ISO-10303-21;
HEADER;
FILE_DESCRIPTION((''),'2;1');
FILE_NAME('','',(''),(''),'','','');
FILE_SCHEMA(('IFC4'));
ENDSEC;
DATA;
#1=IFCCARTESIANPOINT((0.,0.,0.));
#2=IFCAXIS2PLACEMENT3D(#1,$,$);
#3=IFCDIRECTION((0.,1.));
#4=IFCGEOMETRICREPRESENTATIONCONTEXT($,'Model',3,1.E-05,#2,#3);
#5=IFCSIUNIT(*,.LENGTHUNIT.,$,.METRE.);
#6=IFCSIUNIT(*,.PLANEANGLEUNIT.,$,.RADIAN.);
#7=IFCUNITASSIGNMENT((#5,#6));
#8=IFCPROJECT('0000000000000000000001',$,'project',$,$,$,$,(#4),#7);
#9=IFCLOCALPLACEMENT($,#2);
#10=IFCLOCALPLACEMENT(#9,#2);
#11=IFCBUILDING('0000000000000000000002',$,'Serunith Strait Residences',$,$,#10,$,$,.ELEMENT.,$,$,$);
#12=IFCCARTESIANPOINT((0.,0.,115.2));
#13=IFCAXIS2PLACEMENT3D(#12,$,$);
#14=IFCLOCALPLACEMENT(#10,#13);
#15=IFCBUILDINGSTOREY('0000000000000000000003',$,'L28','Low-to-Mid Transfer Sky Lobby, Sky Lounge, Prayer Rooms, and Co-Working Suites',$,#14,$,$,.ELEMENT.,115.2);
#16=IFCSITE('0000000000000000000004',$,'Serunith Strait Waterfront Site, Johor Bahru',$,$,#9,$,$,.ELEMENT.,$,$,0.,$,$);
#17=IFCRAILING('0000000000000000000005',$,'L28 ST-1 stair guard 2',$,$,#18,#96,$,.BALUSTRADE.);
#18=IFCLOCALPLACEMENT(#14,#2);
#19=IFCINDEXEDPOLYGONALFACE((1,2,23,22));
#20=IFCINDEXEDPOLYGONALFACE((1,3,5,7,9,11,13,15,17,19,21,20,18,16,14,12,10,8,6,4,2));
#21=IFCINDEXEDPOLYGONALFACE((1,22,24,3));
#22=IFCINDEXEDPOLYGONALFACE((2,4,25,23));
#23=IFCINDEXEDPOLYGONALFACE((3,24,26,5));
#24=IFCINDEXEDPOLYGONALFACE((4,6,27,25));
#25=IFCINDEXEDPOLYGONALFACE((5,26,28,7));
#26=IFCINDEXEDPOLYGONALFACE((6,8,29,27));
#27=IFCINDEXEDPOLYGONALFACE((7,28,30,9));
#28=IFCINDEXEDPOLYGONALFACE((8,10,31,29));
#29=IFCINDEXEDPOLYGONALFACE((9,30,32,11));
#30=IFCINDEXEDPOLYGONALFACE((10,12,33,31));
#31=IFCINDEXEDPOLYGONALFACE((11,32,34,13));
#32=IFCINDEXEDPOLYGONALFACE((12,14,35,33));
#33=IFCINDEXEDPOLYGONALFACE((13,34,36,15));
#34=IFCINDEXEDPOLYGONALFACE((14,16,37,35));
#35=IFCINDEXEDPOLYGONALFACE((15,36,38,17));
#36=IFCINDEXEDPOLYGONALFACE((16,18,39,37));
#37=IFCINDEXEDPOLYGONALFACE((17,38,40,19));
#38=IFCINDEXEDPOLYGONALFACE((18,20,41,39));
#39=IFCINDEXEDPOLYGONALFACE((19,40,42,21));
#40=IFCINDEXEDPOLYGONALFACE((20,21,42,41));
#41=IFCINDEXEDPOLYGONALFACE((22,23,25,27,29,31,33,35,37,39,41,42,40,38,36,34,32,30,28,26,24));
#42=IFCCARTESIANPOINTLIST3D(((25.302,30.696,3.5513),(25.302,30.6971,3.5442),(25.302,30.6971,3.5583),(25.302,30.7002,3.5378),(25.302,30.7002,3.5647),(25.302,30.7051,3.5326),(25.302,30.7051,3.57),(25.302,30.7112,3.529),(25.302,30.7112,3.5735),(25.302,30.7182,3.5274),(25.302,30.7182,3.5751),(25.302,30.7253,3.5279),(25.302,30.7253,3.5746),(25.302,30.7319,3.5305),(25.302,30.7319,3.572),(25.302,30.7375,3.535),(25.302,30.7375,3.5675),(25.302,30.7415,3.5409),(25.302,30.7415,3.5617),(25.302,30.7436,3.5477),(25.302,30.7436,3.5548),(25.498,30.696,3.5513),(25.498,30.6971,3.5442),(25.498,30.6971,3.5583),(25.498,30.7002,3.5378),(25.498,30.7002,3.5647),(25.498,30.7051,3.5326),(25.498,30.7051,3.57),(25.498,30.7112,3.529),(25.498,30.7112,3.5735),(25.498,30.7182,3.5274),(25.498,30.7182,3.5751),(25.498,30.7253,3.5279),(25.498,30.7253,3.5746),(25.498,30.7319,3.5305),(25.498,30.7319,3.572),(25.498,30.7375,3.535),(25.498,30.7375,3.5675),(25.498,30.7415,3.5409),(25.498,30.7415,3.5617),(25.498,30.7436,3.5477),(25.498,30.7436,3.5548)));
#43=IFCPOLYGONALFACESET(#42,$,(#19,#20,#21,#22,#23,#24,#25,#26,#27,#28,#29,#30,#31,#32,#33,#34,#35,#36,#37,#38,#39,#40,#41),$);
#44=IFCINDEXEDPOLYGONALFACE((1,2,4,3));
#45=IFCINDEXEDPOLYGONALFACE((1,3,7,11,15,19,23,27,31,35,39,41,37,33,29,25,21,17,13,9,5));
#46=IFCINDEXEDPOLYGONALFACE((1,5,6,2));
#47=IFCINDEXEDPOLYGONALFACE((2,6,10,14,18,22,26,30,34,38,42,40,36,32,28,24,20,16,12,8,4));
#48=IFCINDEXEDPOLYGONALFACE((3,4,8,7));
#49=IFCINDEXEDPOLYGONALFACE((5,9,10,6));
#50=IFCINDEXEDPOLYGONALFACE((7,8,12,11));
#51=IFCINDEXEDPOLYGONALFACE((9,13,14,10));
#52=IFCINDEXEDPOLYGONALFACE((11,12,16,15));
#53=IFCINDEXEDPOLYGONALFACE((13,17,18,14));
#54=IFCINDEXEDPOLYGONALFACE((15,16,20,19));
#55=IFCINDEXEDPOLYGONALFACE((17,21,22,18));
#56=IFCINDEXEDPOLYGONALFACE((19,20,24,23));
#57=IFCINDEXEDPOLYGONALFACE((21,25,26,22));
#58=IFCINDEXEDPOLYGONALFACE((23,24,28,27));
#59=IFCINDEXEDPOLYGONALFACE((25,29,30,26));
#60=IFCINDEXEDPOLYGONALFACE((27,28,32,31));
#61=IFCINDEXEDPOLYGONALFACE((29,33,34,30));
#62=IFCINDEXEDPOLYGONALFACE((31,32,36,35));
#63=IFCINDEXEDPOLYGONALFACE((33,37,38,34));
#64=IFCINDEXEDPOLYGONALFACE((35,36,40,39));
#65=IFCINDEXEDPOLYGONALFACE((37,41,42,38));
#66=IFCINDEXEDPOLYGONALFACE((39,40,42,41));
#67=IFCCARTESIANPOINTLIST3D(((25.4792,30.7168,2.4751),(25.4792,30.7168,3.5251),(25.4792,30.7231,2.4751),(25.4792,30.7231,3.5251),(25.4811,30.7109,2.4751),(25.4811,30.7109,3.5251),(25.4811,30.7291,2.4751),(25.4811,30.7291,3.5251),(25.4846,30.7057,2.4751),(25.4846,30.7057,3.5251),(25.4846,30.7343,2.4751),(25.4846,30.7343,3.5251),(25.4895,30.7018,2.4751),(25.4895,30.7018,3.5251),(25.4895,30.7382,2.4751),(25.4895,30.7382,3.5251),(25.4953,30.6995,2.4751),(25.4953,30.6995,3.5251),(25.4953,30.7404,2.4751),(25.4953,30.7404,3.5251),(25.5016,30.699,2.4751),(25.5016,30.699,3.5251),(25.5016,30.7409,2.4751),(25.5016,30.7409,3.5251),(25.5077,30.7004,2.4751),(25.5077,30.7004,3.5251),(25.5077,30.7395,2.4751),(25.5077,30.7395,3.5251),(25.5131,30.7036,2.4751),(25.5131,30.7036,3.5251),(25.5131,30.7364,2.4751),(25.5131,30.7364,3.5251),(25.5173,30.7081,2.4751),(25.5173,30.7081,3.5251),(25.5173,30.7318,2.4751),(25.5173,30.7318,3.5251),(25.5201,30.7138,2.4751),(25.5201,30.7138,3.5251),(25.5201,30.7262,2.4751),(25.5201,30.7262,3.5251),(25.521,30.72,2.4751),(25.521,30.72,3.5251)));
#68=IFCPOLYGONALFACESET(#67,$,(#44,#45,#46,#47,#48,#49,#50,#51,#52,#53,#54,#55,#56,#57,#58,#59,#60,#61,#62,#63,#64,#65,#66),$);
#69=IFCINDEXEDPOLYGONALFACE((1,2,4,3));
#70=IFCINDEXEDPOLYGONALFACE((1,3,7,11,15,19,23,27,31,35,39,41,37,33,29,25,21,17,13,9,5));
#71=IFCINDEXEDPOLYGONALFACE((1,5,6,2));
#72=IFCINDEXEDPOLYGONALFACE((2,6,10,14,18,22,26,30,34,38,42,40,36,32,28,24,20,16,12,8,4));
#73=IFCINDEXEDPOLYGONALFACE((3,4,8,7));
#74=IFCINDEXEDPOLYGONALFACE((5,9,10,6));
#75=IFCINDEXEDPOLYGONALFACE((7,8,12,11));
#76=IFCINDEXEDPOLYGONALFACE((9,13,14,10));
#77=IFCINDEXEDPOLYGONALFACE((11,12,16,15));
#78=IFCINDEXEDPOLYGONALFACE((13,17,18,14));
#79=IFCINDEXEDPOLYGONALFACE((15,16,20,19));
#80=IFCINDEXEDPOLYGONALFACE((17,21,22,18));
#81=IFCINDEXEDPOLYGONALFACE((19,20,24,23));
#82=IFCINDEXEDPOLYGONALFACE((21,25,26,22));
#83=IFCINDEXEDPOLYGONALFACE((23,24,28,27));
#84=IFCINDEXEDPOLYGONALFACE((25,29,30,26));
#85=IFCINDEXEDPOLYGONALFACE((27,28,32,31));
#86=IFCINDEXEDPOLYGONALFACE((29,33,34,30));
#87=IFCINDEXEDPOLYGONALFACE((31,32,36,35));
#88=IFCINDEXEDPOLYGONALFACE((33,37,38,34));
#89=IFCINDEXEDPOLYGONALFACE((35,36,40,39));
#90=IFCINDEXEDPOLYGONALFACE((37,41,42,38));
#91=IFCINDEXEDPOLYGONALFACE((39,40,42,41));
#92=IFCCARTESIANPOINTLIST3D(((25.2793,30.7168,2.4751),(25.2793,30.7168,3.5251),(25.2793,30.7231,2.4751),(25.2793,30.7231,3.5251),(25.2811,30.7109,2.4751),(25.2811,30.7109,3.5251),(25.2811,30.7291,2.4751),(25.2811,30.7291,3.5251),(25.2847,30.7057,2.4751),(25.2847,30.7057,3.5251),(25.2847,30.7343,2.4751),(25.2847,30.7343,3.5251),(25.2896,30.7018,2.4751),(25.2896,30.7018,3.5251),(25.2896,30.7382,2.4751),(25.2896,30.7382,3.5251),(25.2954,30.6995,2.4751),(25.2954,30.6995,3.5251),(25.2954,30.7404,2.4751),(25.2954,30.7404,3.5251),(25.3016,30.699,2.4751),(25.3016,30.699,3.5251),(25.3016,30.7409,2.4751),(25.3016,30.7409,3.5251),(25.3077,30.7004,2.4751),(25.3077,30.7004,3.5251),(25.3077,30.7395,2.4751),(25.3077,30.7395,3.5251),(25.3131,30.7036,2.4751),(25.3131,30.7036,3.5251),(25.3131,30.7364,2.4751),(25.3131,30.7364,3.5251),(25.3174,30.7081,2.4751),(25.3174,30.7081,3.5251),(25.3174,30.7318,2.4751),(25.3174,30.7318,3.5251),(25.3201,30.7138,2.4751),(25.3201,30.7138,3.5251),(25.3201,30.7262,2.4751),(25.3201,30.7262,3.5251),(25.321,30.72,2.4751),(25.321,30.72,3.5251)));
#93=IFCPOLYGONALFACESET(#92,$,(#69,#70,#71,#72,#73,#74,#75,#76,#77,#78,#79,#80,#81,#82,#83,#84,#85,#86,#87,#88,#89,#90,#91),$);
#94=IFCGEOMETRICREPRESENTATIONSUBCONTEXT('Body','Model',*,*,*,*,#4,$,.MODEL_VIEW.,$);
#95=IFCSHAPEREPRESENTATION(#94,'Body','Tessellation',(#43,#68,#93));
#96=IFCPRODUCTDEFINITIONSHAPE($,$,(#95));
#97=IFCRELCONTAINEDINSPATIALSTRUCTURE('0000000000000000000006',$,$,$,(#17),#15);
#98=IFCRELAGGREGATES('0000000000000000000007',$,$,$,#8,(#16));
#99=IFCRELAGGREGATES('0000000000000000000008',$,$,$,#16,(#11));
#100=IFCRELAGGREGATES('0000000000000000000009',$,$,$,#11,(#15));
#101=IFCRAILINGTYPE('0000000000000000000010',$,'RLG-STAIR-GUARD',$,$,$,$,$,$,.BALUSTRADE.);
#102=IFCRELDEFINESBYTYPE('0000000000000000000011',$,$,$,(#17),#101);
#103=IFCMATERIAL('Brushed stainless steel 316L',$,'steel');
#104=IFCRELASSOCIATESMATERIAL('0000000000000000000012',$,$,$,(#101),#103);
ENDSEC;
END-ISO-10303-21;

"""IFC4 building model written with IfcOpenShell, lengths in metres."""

from ifc_helpers import new_model, si_unit, direction, frame, origin, origin_2d, place, context, subcontext, project, spatial, circle, extrude, material, type_object, element, save


model = new_model("IFC4")

# Units and contexts
model_context = context("Model", 3, precision=1e-05, world=origin(), true_north=direction((0.0, 1.0)))
body_context = subcontext(model_context, "Body", "Model", "MODEL_VIEW")
ifc_project = project(units=[si_unit("LENGTHUNIT", "METRE"), si_unit("PLANEANGLEUNIT", "RADIAN")], contexts=[model_context])

# Site, building, storey
site_placement = place(None, origin())
site = spatial("IfcSite", under=ifc_project, at=site_placement, Name="Serunith Strait Waterfront Site, Johor Bahru", CompositionType="ELEMENT", RefElevation=0.0)
building_placement = place(site_placement, origin())
building = spatial("IfcBuilding", under=site, at=building_placement, Name="Serunith Strait Residences", CompositionType="ELEMENT")
storey_placement = place(building_placement, frame((0.0, 0.0, 115.2)))
storey = spatial("IfcBuildingStorey", under=building, at=storey_placement, Name="L28", Description="Low-to-Mid Transfer Sky Lobby, Sky Lounge, Prayer Rooms, and Co-Working Suites", CompositionType="ELEMENT", Elevation=115.2)

# Railing
ifc_material_1 = material(Name="Brushed stainless steel 316L", Category="steel")
railing_type_1 = type_object("IfcRailingType", Name="RLG-STAIR-GUARD", PredefinedType="BALUSTRADE", material=ifc_material_1)
railing_1_placement = place(storey_placement, frame((25.5, 30.72, 2.4751)))
element("IfcRailing", 1, at=railing_1_placement, inside=storey, type_object=railing_type_1, Name="L28 ST-1 stair guard 2", PredefinedType="BALUSTRADE", context=body_context, shape_type="SweptSolid", body=[
    extrude(circle(Radius=0.0239, at=origin_2d()), frame((-0.002, 0.0, 1.0762), z_axis=(-1.0, 0.0, 0.0), x_axis=(0.0, -1.0, 0.0)), (0.0, 0.0, 1.0), 0.196),
    extrude(circle(Radius=0.021, at=origin_2d()), origin(), (0.0, 0.0, 1.0), 1.05),
    extrude(circle(Radius=0.021, at=origin_2d()), frame((-0.2, 0.0, 0.0)), (0.0, 0.0, 1.0), 1.05),
])

save(model, "model.ifc")
